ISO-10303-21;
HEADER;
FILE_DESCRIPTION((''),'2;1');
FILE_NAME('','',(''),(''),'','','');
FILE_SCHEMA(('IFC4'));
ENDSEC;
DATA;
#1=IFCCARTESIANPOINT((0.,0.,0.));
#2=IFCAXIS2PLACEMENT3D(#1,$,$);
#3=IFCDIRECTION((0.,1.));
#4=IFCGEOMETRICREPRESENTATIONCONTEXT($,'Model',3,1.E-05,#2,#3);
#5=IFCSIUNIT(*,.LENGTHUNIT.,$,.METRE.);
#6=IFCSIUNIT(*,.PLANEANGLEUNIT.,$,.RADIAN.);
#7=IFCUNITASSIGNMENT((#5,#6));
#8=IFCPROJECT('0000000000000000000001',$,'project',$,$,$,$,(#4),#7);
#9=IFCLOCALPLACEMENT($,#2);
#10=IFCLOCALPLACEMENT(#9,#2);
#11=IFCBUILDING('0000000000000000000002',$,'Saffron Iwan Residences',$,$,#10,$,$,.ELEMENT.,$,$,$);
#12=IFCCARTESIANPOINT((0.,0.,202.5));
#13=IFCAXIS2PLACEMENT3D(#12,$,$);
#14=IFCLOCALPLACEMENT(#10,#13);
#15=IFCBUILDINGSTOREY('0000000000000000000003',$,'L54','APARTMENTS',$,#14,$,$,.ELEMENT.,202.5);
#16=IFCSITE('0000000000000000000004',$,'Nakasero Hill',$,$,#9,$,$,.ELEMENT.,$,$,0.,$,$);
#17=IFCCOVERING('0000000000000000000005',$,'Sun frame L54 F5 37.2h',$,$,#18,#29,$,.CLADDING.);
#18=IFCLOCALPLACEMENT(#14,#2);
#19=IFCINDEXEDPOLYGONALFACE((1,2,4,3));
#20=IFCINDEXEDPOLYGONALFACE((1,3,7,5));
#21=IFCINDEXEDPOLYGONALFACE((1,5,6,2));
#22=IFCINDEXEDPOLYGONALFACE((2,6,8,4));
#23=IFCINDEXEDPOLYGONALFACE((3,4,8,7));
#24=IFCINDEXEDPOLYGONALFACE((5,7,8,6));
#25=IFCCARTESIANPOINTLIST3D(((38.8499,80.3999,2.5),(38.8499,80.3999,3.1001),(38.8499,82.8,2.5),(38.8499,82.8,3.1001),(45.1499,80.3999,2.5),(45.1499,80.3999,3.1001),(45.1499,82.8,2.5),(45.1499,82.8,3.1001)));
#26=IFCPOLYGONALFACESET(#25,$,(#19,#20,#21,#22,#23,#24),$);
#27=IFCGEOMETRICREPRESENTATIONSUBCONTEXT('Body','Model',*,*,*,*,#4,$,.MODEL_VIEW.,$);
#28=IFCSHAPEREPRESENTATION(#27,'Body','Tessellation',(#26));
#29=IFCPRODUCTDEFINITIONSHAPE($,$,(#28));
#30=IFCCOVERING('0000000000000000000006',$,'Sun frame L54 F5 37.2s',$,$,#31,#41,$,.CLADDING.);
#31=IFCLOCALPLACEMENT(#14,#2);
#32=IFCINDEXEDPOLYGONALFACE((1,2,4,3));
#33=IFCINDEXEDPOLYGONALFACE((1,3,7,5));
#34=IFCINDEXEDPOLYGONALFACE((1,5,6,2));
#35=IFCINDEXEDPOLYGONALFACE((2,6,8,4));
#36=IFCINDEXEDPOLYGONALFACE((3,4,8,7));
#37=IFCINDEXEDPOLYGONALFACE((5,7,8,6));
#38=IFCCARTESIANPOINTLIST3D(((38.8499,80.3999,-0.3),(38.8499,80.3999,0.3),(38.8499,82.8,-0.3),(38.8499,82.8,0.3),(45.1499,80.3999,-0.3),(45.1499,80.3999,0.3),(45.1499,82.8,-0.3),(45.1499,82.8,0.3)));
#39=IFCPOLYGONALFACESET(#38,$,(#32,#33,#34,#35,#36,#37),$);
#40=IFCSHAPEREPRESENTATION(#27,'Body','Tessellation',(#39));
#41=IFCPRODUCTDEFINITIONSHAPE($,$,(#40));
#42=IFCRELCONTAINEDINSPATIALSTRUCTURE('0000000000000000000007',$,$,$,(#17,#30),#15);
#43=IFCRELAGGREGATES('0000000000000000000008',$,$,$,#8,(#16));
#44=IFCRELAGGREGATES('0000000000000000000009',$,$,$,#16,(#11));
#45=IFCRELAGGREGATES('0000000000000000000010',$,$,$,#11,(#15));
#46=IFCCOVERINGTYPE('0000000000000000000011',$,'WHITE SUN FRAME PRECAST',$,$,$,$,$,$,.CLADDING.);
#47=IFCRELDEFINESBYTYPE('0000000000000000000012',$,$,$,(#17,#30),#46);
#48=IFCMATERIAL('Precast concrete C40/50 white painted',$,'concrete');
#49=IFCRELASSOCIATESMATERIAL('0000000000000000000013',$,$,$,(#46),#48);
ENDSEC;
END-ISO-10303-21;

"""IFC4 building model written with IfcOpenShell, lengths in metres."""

from ifc_helpers import new_model, si_unit, direction, frame, origin, place, context, subcontext, project, spatial, polyline, outline, extrude, material, type_object, element, save


model = new_model("IFC4")

# Units and contexts
model_context = context("Model", 3, precision=1e-05, world=origin(), true_north=direction((0.0, 1.0)))
body_context = subcontext(model_context, "Body", "Model", "MODEL_VIEW")
ifc_project = project(units=[si_unit("LENGTHUNIT", "METRE"), si_unit("PLANEANGLEUNIT", "RADIAN")], contexts=[model_context])

# Site, building, storey
site_placement = place(None, origin())
site = spatial("IfcSite", under=ifc_project, at=site_placement, Name="Nakasero Hill", CompositionType="ELEMENT", RefElevation=0.0)
building_placement = place(site_placement, origin())
building = spatial("IfcBuilding", under=site, at=building_placement, Name="Saffron Iwan Residences", CompositionType="ELEMENT")
storey_placement = place(building_placement, frame((0.0, 0.0, 202.5)))
storey = spatial("IfcBuildingStorey", under=building, at=storey_placement, Name="L54", Description="APARTMENTS", CompositionType="ELEMENT", Elevation=202.5)

# Coverings
ifc_material_1 = material(Name="Precast concrete C40/50 white painted", Category="concrete")
covering_type_1 = type_object("IfcCoveringType", Name="WHITE SUN FRAME PRECAST", PredefinedType="CLADDING", material=ifc_material_1)
for number, where, z_axis, x_axis, name in (
    (1, (45.1499, 80.3999, 2.5), (0.0, 1.0, 0.0), (-1.0, 0.0, 0.0), "Sun frame L54 F5 37.2h"),
    (2, (45.1499, 80.3999, -0.3), (0.0, 1.0, 0.0), (-1.0, 0.0, 0.0), "Sun frame L54 F5 37.2s"),
):
    element("IfcCovering", number, at=place(storey_placement, frame(where, z_axis=z_axis, x_axis=x_axis)), inside=storey, type_object=covering_type_1, Name=name, PredefinedType="CLADDING", context=body_context, shape_type="SweptSolid", body=[
        extrude(outline(polyline([(0.0, 0.0), (6.3, 0.0), (6.3, 0.6001), (0.0, 0.6001), (0.0, 0.0)])), origin(), (0.0, 0.0, 1.0), 2.4001),
    ])

save(model, "model.ifc")
